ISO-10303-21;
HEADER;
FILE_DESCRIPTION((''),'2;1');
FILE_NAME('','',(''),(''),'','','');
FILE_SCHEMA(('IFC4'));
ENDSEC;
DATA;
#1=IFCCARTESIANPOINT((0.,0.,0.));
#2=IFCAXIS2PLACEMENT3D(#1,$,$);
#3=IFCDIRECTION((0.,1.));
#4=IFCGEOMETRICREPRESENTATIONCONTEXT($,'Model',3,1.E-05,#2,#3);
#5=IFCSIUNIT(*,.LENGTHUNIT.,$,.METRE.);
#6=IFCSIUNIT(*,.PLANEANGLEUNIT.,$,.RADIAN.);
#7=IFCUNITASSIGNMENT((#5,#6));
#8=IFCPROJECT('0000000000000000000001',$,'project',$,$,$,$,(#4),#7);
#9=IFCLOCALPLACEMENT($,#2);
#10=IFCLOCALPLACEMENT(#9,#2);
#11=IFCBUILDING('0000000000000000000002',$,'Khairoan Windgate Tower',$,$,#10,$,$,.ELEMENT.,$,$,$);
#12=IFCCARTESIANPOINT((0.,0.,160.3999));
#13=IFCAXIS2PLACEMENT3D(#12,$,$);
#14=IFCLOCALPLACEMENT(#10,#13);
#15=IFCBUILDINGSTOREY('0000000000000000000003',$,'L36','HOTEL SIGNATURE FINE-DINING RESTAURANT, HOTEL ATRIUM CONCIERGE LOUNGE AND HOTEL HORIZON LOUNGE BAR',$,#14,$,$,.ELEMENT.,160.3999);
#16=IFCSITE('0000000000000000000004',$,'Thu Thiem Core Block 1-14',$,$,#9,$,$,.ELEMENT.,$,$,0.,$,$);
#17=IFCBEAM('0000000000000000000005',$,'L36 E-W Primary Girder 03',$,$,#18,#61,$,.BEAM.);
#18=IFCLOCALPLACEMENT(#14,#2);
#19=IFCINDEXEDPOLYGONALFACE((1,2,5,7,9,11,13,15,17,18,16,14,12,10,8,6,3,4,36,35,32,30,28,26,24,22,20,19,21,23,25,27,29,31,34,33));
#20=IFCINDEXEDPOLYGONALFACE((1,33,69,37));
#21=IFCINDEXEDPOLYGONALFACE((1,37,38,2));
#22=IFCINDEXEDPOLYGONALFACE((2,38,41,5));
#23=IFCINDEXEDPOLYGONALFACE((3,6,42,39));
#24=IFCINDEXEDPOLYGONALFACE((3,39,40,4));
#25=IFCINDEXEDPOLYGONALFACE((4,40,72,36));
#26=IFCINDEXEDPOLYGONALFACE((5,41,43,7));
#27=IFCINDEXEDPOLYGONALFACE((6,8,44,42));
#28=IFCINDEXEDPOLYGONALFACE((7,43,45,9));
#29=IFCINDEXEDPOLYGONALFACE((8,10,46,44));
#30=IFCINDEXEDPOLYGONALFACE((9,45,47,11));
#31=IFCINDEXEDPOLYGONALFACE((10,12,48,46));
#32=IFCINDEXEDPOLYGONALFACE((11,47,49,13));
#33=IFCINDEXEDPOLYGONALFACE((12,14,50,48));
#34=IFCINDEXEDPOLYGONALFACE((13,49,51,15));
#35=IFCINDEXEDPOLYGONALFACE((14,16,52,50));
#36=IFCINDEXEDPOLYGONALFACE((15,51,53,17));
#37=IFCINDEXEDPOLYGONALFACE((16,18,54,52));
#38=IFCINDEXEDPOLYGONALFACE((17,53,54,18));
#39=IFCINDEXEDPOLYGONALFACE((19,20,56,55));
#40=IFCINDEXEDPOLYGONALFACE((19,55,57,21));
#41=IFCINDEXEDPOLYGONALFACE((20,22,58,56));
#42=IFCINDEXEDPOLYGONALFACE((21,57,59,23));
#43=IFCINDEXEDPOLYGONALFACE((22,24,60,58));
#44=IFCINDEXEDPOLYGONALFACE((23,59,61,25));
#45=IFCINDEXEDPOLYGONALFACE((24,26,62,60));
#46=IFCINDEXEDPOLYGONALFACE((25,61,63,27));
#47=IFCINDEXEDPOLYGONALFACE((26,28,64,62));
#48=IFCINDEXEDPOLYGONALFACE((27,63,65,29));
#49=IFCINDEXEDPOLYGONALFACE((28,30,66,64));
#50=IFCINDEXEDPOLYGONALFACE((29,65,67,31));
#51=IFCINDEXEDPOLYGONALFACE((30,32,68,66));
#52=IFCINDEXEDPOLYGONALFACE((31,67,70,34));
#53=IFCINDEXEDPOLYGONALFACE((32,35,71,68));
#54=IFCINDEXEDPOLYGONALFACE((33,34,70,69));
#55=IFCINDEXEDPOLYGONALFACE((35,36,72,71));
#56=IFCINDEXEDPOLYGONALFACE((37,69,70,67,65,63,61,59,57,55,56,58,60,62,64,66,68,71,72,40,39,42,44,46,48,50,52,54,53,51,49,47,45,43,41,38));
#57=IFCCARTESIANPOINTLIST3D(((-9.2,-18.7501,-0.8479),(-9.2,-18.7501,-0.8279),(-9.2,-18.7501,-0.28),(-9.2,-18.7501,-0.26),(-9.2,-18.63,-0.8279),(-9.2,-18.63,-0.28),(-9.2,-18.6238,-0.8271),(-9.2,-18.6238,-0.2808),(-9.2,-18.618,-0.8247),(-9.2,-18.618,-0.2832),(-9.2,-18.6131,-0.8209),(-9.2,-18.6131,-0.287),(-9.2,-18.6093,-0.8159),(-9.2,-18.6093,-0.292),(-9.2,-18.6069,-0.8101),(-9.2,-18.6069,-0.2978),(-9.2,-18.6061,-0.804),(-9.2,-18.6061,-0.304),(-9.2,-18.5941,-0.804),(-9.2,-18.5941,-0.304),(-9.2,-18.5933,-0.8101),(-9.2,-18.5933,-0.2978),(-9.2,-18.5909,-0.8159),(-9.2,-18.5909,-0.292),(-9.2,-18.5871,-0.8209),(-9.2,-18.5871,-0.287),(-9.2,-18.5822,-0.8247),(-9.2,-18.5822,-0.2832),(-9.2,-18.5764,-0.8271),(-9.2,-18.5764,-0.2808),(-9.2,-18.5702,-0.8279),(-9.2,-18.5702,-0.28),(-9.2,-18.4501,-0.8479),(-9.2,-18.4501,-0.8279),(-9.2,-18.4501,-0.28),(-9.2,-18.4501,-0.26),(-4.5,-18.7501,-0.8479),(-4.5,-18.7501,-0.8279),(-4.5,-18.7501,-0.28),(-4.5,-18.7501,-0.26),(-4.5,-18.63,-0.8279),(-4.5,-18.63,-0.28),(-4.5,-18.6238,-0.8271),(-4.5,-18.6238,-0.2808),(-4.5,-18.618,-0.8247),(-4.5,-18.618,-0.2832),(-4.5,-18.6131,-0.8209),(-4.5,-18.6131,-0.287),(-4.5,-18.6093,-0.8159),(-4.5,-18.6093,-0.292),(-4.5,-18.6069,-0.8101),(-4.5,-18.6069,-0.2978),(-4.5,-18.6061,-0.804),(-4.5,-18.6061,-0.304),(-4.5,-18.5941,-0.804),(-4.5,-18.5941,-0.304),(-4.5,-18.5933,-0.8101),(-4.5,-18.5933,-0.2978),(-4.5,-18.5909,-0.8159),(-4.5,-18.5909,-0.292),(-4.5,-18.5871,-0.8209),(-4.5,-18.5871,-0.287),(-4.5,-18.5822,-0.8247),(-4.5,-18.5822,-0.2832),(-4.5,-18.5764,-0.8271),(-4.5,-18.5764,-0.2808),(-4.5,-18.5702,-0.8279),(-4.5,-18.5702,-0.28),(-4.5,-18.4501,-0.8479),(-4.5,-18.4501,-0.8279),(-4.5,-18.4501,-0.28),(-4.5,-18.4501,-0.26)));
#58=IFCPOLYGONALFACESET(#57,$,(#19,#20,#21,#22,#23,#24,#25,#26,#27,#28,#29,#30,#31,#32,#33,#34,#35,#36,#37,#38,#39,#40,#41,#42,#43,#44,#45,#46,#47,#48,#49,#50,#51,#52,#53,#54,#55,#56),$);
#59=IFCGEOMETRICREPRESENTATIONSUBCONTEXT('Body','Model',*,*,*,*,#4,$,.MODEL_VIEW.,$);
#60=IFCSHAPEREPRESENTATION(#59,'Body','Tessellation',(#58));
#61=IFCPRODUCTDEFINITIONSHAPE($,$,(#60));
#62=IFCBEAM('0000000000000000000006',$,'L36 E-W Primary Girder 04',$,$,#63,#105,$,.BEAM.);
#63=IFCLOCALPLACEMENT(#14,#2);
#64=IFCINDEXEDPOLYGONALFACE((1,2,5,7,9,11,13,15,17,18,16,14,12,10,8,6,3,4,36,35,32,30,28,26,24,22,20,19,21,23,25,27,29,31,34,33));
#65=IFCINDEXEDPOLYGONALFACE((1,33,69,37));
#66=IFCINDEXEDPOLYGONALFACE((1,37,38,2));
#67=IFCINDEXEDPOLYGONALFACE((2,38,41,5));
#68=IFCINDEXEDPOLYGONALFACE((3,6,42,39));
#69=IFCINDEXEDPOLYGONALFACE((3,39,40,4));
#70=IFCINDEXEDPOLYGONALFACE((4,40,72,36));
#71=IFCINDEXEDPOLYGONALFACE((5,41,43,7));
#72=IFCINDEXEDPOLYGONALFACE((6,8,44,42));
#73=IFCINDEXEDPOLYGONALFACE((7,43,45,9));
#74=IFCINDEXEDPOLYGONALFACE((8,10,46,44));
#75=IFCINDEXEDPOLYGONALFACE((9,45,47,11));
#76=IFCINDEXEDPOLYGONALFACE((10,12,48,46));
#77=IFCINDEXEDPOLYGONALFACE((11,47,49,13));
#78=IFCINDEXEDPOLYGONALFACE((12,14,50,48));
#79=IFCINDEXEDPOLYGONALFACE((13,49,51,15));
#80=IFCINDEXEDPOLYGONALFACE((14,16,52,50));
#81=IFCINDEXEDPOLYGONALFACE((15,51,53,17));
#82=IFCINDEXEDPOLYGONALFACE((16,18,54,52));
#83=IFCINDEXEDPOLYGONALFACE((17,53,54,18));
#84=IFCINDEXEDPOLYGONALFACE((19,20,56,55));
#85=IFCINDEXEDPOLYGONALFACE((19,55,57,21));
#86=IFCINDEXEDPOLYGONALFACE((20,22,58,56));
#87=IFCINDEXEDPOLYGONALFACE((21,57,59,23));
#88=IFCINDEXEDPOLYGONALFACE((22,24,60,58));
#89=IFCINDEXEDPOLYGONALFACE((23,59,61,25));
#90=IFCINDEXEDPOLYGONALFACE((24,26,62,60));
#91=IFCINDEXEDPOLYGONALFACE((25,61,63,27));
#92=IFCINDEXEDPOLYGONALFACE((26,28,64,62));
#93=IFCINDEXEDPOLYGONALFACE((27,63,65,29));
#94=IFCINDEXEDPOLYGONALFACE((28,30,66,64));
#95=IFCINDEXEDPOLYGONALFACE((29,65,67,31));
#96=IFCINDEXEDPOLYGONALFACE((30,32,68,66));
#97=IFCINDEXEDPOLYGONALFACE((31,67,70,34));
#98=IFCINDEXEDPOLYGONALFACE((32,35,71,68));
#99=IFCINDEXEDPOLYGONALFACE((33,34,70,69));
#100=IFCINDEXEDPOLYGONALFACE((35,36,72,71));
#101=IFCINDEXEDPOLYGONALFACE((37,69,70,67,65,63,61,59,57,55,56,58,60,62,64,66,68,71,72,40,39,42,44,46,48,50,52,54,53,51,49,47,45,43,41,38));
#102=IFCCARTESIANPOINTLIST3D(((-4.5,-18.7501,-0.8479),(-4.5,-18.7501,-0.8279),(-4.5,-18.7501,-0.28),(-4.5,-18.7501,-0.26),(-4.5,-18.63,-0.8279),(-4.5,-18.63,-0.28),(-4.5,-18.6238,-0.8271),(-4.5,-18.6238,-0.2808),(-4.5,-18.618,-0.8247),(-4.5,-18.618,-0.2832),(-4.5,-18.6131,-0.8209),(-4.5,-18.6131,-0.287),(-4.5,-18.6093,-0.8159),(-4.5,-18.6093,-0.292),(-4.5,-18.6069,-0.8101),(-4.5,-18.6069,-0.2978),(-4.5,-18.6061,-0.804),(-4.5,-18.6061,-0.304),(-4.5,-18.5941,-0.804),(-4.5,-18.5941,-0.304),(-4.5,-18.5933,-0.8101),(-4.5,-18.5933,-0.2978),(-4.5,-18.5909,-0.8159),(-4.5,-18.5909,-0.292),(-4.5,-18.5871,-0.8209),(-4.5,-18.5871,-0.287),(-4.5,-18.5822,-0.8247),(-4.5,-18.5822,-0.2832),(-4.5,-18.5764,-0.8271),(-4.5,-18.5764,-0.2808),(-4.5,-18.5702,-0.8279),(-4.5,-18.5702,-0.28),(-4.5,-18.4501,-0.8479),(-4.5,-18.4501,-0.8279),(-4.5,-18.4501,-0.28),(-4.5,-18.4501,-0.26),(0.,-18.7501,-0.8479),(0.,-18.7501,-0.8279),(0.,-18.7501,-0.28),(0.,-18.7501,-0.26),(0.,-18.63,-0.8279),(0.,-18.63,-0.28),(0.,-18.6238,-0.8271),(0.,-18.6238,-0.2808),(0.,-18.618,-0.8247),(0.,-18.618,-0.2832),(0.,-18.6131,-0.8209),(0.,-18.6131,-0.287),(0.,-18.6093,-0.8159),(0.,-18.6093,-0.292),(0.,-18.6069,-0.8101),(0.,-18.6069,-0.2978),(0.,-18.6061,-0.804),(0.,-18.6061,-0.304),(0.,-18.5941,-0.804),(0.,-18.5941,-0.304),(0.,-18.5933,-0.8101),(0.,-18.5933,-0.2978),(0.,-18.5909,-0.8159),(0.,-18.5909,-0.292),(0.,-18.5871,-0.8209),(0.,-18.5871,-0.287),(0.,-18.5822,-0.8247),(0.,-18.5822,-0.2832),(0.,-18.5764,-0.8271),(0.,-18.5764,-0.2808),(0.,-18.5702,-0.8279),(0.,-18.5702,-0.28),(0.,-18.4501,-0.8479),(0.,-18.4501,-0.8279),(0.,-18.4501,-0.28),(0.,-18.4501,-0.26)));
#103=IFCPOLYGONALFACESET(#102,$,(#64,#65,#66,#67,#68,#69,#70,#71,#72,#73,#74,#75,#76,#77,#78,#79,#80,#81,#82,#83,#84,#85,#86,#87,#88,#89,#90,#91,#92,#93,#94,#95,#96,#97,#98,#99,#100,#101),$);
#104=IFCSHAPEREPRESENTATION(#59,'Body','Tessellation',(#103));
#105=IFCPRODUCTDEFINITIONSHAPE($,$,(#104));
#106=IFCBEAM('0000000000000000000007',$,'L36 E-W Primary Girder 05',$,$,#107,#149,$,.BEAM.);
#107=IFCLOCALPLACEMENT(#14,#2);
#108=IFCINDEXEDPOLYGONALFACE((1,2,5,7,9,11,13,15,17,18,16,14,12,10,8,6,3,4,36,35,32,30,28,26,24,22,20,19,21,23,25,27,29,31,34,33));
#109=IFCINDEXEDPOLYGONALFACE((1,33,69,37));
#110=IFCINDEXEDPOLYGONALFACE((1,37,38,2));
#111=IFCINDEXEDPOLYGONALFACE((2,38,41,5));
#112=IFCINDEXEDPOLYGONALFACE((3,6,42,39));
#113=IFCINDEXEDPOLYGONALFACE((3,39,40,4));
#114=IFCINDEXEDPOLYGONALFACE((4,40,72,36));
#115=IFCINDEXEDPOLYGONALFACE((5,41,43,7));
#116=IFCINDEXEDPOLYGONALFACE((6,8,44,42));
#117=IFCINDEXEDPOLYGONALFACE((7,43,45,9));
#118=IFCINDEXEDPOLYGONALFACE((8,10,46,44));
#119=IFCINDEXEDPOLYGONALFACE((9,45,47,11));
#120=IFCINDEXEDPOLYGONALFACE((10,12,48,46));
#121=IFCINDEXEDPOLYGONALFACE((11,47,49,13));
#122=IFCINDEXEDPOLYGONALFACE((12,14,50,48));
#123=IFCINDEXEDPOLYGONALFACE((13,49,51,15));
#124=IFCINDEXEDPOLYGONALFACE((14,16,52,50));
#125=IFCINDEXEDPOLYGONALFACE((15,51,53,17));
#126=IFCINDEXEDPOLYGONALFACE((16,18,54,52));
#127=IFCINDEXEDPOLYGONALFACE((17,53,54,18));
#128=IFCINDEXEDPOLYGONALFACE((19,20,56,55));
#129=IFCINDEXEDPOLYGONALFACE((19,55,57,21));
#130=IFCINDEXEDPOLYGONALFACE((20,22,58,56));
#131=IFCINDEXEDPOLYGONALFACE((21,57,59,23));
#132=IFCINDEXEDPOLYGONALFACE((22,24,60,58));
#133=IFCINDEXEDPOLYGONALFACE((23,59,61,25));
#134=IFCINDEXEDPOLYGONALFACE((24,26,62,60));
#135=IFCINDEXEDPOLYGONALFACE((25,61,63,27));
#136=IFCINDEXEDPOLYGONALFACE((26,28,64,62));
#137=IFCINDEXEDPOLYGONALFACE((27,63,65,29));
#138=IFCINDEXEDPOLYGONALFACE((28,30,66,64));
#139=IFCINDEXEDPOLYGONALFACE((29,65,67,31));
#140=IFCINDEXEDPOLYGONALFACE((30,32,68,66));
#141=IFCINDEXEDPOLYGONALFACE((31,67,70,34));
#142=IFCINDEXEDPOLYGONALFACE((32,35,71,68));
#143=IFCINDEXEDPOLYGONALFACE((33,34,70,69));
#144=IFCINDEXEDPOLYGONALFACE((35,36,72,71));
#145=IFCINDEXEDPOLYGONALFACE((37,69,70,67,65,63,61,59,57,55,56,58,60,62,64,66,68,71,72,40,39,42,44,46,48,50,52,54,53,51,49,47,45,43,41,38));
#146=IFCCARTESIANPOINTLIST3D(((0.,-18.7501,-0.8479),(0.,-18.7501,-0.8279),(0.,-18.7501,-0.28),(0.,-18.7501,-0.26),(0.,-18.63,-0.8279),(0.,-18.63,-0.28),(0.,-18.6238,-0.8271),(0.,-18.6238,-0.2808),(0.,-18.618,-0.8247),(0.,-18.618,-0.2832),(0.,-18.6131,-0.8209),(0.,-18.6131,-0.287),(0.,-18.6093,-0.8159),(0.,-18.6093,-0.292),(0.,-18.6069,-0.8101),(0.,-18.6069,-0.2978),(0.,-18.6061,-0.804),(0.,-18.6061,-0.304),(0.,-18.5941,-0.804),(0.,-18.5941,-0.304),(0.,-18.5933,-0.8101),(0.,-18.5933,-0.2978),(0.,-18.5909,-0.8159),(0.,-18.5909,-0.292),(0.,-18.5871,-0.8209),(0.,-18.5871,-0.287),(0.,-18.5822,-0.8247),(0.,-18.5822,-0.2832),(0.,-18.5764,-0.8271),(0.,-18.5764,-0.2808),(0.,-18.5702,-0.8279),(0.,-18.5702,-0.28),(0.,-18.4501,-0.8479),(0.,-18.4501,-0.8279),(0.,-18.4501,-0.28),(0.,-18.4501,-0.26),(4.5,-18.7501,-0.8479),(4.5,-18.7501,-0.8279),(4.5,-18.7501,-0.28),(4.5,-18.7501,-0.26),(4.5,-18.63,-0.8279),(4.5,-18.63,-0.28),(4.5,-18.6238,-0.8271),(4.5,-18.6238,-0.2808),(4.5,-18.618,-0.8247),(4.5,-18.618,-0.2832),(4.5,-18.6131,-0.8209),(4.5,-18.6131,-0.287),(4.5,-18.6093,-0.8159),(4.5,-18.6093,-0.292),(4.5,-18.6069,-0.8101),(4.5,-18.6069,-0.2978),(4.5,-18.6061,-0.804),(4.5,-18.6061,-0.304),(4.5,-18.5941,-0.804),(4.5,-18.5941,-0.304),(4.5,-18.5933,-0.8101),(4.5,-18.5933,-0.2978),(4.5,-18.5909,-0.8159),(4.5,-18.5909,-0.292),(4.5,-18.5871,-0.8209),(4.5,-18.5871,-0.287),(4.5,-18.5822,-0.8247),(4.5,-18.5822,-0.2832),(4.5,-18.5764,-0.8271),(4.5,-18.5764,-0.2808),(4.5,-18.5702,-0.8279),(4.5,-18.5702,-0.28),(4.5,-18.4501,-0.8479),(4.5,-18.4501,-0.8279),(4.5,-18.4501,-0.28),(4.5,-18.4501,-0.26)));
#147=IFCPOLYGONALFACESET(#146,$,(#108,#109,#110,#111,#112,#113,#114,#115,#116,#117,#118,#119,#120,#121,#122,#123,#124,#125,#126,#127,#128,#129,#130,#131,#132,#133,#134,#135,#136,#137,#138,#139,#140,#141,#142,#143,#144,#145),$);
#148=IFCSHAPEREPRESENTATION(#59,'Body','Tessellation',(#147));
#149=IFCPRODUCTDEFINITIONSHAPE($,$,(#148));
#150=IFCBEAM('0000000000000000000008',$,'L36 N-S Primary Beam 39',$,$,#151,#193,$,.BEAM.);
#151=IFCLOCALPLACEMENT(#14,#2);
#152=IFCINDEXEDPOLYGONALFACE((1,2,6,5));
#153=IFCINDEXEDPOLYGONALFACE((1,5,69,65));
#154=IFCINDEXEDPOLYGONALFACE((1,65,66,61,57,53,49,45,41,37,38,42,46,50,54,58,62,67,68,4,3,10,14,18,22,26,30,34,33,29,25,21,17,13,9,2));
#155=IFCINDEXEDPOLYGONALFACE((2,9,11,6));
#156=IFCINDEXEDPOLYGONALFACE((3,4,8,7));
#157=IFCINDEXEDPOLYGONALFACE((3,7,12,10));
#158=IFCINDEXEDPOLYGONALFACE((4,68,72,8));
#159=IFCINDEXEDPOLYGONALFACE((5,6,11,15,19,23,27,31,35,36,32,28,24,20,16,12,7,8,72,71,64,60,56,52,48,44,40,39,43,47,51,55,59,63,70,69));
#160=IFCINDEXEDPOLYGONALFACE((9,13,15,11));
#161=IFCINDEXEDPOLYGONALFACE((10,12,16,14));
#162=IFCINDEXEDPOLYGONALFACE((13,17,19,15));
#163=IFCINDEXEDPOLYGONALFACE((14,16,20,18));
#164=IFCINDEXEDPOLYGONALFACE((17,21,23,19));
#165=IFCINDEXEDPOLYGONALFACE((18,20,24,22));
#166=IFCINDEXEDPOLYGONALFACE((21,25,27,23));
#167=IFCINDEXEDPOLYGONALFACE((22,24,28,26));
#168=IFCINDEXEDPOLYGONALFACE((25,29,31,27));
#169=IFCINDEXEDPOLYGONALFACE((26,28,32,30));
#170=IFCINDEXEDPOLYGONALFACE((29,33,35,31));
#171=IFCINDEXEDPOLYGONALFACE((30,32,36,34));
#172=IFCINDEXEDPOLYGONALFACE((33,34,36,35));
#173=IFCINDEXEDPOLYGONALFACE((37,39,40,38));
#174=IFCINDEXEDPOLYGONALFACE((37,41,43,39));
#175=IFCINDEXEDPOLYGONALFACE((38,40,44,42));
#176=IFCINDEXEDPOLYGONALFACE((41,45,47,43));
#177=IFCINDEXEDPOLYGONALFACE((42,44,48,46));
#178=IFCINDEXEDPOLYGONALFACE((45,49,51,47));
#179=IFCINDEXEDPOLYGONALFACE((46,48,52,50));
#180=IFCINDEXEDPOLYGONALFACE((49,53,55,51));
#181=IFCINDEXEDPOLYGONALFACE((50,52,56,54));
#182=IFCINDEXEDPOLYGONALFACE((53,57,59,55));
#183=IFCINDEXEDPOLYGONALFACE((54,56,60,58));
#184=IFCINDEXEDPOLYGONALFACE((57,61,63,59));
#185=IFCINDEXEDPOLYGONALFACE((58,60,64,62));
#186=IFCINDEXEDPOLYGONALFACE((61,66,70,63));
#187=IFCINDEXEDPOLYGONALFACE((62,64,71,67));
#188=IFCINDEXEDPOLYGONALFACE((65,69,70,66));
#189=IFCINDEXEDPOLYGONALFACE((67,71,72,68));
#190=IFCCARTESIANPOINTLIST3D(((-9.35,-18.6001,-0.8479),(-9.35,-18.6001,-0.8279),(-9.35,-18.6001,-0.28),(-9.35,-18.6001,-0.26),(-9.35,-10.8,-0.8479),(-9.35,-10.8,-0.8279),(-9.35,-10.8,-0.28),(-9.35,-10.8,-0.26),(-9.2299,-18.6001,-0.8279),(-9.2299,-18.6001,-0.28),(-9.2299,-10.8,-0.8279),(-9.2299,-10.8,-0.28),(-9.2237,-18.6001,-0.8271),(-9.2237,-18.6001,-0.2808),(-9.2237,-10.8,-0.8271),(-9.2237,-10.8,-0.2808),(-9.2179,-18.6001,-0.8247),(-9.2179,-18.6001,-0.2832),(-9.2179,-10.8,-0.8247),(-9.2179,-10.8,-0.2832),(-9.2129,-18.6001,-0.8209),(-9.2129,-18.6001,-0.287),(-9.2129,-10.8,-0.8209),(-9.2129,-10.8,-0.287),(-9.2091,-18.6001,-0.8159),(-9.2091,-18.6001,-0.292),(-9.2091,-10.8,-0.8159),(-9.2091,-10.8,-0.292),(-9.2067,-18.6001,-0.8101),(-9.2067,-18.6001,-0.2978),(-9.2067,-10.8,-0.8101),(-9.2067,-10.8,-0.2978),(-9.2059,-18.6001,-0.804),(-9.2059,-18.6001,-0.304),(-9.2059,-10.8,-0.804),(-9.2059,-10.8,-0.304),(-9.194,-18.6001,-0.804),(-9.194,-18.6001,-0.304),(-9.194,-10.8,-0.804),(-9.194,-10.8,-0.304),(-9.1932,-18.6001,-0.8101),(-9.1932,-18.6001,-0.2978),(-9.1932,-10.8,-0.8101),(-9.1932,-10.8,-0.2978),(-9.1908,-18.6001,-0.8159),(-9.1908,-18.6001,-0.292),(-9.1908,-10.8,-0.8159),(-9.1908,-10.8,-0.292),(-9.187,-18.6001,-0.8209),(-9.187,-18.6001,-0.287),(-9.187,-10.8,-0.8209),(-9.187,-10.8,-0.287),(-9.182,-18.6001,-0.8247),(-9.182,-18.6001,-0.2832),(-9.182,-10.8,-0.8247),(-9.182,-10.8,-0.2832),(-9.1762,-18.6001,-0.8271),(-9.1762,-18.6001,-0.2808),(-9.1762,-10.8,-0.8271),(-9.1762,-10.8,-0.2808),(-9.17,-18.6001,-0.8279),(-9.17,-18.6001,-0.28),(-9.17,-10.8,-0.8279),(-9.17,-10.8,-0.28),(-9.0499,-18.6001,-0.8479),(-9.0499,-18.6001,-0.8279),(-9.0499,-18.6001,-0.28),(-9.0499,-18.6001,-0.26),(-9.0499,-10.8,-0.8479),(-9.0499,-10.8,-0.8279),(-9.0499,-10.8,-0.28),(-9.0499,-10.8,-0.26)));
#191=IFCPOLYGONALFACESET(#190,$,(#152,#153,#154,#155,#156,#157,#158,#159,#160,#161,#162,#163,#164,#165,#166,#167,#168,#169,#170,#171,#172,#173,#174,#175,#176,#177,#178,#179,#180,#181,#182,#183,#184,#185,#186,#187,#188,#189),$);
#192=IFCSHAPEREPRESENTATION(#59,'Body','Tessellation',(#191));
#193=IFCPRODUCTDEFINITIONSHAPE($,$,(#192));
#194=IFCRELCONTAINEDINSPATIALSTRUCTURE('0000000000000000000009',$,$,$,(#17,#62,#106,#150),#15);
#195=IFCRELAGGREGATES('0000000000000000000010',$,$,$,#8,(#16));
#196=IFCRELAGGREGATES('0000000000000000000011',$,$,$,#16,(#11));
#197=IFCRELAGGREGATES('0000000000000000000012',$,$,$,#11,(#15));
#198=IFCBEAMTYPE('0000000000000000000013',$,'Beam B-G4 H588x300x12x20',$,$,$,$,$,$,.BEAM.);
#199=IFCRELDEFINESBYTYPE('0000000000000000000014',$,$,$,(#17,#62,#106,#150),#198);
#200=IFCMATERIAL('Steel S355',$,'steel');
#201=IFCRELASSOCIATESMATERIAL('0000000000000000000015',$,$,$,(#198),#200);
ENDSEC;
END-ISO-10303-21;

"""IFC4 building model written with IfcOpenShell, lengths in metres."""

from ifc_helpers import new_model, si_unit, direction, frame, origin, origin_2d, place, context, subcontext, project, spatial, i_section, extrude, material, material_profile, profile_set, type_object, element, save


model = new_model("IFC4")

# Units and contexts
model_context = context("Model", 3, precision=1e-05, world=origin(), true_north=direction((0.0, 1.0)))
body_context = subcontext(model_context, "Body", "Model", "MODEL_VIEW")
ifc_project = project(units=[si_unit("LENGTHUNIT", "METRE"), si_unit("PLANEANGLEUNIT", "RADIAN")], contexts=[model_context])

# Site, building, storey
site_placement = place(None, origin())
site = spatial("IfcSite", under=ifc_project, at=site_placement, Name="Thu Thiem Core Block 1-14", CompositionType="ELEMENT", RefElevation=0.0)
building_placement = place(site_placement, origin())
building = spatial("IfcBuilding", under=site, at=building_placement, Name="Khairoan Windgate Tower", CompositionType="ELEMENT")
storey_placement = place(building_placement, frame((0.0, 0.0, 160.3999)))
storey = spatial("IfcBuildingStorey", under=building, at=storey_placement, Name="L36", Description="HOTEL SIGNATURE FINE-DINING RESTAURANT, HOTEL ATRIUM CONCIERGE LOUNGE AND HOTEL HORIZON LOUNGE BAR", CompositionType="ELEMENT", Elevation=160.3999)

# Beams
ifc_material_1 = material(Name="Steel S355", Category="steel")
ifc_material_profile_1 = material_profile(ifc_material_1, i_section(OverallWidth=0.3, OverallDepth=0.5879, WebThickness=0.012, FlangeThickness=0.02, FilletRadius=0.0239, at=origin_2d()))
ifc_profile_set_1 = profile_set([ifc_material_profile_1], Name="Steel S355")
beam_type_1 = type_object("IfcBeamType", Name="Beam B-G4 H588x300x12x20", PredefinedType="BEAM", material=ifc_profile_set_1)
beam_1_placement = place(storey_placement, frame((-9.2, -18.6001, -0.554), z_axis=(1.0, 0.0, 0.0), x_axis=(0.0, 1.0, 0.0)))
element("IfcBeam", 1, at=beam_1_placement, inside=storey, type_object=beam_type_1, Name="L36 E-W Primary Girder 03", PredefinedType="BEAM", context=body_context, shape_type="SweptSolid", body=[
    extrude(i_section(OverallWidth=0.3, OverallDepth=0.5879, WebThickness=0.012, FlangeThickness=0.02, FilletRadius=0.0239, at=origin_2d()), origin(), (0.0, 0.0, 1.0), 4.7),
])
for number, where, z_axis, x_axis, name in (
    (2, (-4.5, -18.6001, -0.554), (1.0, 0.0, 0.0), (0.0, 1.0, 0.0), "L36 E-W Primary Girder 04"),
    (3, (0.0, -18.6001, -0.554), (1.0, 0.0, 0.0), (0.0, 1.0, 0.0), "L36 E-W Primary Girder 05"),
):
    element("IfcBeam", number, at=place(storey_placement, frame(where, z_axis=z_axis, x_axis=x_axis)), inside=storey, type_object=beam_type_1, Name=name, PredefinedType="BEAM", context=body_context, shape_type="SweptSolid", body=[
        extrude(i_section(OverallWidth=0.3, OverallDepth=0.5879, WebThickness=0.012, FlangeThickness=0.02, FilletRadius=0.0239, at=origin_2d()), origin(), (0.0, 0.0, 1.0), 4.5),
    ])
beam_2_placement = place(storey_placement, frame((-9.2, -18.6001, -0.554), z_axis=(0.0, 1.0, 0.0), x_axis=(-1.0, 0.0, 0.0)))
element("IfcBeam", 4, at=beam_2_placement, inside=storey, type_object=beam_type_1, Name="L36 N-S Primary Beam 39", PredefinedType="BEAM", context=body_context, shape_type="SweptSolid", body=[
    extrude(i_section(OverallWidth=0.3, OverallDepth=0.5879, WebThickness=0.012, FlangeThickness=0.02, FilletRadius=0.0239, at=origin_2d()), origin(), (0.0, 0.0, 1.0), 7.8),
])

save(model, "model.ifc")
